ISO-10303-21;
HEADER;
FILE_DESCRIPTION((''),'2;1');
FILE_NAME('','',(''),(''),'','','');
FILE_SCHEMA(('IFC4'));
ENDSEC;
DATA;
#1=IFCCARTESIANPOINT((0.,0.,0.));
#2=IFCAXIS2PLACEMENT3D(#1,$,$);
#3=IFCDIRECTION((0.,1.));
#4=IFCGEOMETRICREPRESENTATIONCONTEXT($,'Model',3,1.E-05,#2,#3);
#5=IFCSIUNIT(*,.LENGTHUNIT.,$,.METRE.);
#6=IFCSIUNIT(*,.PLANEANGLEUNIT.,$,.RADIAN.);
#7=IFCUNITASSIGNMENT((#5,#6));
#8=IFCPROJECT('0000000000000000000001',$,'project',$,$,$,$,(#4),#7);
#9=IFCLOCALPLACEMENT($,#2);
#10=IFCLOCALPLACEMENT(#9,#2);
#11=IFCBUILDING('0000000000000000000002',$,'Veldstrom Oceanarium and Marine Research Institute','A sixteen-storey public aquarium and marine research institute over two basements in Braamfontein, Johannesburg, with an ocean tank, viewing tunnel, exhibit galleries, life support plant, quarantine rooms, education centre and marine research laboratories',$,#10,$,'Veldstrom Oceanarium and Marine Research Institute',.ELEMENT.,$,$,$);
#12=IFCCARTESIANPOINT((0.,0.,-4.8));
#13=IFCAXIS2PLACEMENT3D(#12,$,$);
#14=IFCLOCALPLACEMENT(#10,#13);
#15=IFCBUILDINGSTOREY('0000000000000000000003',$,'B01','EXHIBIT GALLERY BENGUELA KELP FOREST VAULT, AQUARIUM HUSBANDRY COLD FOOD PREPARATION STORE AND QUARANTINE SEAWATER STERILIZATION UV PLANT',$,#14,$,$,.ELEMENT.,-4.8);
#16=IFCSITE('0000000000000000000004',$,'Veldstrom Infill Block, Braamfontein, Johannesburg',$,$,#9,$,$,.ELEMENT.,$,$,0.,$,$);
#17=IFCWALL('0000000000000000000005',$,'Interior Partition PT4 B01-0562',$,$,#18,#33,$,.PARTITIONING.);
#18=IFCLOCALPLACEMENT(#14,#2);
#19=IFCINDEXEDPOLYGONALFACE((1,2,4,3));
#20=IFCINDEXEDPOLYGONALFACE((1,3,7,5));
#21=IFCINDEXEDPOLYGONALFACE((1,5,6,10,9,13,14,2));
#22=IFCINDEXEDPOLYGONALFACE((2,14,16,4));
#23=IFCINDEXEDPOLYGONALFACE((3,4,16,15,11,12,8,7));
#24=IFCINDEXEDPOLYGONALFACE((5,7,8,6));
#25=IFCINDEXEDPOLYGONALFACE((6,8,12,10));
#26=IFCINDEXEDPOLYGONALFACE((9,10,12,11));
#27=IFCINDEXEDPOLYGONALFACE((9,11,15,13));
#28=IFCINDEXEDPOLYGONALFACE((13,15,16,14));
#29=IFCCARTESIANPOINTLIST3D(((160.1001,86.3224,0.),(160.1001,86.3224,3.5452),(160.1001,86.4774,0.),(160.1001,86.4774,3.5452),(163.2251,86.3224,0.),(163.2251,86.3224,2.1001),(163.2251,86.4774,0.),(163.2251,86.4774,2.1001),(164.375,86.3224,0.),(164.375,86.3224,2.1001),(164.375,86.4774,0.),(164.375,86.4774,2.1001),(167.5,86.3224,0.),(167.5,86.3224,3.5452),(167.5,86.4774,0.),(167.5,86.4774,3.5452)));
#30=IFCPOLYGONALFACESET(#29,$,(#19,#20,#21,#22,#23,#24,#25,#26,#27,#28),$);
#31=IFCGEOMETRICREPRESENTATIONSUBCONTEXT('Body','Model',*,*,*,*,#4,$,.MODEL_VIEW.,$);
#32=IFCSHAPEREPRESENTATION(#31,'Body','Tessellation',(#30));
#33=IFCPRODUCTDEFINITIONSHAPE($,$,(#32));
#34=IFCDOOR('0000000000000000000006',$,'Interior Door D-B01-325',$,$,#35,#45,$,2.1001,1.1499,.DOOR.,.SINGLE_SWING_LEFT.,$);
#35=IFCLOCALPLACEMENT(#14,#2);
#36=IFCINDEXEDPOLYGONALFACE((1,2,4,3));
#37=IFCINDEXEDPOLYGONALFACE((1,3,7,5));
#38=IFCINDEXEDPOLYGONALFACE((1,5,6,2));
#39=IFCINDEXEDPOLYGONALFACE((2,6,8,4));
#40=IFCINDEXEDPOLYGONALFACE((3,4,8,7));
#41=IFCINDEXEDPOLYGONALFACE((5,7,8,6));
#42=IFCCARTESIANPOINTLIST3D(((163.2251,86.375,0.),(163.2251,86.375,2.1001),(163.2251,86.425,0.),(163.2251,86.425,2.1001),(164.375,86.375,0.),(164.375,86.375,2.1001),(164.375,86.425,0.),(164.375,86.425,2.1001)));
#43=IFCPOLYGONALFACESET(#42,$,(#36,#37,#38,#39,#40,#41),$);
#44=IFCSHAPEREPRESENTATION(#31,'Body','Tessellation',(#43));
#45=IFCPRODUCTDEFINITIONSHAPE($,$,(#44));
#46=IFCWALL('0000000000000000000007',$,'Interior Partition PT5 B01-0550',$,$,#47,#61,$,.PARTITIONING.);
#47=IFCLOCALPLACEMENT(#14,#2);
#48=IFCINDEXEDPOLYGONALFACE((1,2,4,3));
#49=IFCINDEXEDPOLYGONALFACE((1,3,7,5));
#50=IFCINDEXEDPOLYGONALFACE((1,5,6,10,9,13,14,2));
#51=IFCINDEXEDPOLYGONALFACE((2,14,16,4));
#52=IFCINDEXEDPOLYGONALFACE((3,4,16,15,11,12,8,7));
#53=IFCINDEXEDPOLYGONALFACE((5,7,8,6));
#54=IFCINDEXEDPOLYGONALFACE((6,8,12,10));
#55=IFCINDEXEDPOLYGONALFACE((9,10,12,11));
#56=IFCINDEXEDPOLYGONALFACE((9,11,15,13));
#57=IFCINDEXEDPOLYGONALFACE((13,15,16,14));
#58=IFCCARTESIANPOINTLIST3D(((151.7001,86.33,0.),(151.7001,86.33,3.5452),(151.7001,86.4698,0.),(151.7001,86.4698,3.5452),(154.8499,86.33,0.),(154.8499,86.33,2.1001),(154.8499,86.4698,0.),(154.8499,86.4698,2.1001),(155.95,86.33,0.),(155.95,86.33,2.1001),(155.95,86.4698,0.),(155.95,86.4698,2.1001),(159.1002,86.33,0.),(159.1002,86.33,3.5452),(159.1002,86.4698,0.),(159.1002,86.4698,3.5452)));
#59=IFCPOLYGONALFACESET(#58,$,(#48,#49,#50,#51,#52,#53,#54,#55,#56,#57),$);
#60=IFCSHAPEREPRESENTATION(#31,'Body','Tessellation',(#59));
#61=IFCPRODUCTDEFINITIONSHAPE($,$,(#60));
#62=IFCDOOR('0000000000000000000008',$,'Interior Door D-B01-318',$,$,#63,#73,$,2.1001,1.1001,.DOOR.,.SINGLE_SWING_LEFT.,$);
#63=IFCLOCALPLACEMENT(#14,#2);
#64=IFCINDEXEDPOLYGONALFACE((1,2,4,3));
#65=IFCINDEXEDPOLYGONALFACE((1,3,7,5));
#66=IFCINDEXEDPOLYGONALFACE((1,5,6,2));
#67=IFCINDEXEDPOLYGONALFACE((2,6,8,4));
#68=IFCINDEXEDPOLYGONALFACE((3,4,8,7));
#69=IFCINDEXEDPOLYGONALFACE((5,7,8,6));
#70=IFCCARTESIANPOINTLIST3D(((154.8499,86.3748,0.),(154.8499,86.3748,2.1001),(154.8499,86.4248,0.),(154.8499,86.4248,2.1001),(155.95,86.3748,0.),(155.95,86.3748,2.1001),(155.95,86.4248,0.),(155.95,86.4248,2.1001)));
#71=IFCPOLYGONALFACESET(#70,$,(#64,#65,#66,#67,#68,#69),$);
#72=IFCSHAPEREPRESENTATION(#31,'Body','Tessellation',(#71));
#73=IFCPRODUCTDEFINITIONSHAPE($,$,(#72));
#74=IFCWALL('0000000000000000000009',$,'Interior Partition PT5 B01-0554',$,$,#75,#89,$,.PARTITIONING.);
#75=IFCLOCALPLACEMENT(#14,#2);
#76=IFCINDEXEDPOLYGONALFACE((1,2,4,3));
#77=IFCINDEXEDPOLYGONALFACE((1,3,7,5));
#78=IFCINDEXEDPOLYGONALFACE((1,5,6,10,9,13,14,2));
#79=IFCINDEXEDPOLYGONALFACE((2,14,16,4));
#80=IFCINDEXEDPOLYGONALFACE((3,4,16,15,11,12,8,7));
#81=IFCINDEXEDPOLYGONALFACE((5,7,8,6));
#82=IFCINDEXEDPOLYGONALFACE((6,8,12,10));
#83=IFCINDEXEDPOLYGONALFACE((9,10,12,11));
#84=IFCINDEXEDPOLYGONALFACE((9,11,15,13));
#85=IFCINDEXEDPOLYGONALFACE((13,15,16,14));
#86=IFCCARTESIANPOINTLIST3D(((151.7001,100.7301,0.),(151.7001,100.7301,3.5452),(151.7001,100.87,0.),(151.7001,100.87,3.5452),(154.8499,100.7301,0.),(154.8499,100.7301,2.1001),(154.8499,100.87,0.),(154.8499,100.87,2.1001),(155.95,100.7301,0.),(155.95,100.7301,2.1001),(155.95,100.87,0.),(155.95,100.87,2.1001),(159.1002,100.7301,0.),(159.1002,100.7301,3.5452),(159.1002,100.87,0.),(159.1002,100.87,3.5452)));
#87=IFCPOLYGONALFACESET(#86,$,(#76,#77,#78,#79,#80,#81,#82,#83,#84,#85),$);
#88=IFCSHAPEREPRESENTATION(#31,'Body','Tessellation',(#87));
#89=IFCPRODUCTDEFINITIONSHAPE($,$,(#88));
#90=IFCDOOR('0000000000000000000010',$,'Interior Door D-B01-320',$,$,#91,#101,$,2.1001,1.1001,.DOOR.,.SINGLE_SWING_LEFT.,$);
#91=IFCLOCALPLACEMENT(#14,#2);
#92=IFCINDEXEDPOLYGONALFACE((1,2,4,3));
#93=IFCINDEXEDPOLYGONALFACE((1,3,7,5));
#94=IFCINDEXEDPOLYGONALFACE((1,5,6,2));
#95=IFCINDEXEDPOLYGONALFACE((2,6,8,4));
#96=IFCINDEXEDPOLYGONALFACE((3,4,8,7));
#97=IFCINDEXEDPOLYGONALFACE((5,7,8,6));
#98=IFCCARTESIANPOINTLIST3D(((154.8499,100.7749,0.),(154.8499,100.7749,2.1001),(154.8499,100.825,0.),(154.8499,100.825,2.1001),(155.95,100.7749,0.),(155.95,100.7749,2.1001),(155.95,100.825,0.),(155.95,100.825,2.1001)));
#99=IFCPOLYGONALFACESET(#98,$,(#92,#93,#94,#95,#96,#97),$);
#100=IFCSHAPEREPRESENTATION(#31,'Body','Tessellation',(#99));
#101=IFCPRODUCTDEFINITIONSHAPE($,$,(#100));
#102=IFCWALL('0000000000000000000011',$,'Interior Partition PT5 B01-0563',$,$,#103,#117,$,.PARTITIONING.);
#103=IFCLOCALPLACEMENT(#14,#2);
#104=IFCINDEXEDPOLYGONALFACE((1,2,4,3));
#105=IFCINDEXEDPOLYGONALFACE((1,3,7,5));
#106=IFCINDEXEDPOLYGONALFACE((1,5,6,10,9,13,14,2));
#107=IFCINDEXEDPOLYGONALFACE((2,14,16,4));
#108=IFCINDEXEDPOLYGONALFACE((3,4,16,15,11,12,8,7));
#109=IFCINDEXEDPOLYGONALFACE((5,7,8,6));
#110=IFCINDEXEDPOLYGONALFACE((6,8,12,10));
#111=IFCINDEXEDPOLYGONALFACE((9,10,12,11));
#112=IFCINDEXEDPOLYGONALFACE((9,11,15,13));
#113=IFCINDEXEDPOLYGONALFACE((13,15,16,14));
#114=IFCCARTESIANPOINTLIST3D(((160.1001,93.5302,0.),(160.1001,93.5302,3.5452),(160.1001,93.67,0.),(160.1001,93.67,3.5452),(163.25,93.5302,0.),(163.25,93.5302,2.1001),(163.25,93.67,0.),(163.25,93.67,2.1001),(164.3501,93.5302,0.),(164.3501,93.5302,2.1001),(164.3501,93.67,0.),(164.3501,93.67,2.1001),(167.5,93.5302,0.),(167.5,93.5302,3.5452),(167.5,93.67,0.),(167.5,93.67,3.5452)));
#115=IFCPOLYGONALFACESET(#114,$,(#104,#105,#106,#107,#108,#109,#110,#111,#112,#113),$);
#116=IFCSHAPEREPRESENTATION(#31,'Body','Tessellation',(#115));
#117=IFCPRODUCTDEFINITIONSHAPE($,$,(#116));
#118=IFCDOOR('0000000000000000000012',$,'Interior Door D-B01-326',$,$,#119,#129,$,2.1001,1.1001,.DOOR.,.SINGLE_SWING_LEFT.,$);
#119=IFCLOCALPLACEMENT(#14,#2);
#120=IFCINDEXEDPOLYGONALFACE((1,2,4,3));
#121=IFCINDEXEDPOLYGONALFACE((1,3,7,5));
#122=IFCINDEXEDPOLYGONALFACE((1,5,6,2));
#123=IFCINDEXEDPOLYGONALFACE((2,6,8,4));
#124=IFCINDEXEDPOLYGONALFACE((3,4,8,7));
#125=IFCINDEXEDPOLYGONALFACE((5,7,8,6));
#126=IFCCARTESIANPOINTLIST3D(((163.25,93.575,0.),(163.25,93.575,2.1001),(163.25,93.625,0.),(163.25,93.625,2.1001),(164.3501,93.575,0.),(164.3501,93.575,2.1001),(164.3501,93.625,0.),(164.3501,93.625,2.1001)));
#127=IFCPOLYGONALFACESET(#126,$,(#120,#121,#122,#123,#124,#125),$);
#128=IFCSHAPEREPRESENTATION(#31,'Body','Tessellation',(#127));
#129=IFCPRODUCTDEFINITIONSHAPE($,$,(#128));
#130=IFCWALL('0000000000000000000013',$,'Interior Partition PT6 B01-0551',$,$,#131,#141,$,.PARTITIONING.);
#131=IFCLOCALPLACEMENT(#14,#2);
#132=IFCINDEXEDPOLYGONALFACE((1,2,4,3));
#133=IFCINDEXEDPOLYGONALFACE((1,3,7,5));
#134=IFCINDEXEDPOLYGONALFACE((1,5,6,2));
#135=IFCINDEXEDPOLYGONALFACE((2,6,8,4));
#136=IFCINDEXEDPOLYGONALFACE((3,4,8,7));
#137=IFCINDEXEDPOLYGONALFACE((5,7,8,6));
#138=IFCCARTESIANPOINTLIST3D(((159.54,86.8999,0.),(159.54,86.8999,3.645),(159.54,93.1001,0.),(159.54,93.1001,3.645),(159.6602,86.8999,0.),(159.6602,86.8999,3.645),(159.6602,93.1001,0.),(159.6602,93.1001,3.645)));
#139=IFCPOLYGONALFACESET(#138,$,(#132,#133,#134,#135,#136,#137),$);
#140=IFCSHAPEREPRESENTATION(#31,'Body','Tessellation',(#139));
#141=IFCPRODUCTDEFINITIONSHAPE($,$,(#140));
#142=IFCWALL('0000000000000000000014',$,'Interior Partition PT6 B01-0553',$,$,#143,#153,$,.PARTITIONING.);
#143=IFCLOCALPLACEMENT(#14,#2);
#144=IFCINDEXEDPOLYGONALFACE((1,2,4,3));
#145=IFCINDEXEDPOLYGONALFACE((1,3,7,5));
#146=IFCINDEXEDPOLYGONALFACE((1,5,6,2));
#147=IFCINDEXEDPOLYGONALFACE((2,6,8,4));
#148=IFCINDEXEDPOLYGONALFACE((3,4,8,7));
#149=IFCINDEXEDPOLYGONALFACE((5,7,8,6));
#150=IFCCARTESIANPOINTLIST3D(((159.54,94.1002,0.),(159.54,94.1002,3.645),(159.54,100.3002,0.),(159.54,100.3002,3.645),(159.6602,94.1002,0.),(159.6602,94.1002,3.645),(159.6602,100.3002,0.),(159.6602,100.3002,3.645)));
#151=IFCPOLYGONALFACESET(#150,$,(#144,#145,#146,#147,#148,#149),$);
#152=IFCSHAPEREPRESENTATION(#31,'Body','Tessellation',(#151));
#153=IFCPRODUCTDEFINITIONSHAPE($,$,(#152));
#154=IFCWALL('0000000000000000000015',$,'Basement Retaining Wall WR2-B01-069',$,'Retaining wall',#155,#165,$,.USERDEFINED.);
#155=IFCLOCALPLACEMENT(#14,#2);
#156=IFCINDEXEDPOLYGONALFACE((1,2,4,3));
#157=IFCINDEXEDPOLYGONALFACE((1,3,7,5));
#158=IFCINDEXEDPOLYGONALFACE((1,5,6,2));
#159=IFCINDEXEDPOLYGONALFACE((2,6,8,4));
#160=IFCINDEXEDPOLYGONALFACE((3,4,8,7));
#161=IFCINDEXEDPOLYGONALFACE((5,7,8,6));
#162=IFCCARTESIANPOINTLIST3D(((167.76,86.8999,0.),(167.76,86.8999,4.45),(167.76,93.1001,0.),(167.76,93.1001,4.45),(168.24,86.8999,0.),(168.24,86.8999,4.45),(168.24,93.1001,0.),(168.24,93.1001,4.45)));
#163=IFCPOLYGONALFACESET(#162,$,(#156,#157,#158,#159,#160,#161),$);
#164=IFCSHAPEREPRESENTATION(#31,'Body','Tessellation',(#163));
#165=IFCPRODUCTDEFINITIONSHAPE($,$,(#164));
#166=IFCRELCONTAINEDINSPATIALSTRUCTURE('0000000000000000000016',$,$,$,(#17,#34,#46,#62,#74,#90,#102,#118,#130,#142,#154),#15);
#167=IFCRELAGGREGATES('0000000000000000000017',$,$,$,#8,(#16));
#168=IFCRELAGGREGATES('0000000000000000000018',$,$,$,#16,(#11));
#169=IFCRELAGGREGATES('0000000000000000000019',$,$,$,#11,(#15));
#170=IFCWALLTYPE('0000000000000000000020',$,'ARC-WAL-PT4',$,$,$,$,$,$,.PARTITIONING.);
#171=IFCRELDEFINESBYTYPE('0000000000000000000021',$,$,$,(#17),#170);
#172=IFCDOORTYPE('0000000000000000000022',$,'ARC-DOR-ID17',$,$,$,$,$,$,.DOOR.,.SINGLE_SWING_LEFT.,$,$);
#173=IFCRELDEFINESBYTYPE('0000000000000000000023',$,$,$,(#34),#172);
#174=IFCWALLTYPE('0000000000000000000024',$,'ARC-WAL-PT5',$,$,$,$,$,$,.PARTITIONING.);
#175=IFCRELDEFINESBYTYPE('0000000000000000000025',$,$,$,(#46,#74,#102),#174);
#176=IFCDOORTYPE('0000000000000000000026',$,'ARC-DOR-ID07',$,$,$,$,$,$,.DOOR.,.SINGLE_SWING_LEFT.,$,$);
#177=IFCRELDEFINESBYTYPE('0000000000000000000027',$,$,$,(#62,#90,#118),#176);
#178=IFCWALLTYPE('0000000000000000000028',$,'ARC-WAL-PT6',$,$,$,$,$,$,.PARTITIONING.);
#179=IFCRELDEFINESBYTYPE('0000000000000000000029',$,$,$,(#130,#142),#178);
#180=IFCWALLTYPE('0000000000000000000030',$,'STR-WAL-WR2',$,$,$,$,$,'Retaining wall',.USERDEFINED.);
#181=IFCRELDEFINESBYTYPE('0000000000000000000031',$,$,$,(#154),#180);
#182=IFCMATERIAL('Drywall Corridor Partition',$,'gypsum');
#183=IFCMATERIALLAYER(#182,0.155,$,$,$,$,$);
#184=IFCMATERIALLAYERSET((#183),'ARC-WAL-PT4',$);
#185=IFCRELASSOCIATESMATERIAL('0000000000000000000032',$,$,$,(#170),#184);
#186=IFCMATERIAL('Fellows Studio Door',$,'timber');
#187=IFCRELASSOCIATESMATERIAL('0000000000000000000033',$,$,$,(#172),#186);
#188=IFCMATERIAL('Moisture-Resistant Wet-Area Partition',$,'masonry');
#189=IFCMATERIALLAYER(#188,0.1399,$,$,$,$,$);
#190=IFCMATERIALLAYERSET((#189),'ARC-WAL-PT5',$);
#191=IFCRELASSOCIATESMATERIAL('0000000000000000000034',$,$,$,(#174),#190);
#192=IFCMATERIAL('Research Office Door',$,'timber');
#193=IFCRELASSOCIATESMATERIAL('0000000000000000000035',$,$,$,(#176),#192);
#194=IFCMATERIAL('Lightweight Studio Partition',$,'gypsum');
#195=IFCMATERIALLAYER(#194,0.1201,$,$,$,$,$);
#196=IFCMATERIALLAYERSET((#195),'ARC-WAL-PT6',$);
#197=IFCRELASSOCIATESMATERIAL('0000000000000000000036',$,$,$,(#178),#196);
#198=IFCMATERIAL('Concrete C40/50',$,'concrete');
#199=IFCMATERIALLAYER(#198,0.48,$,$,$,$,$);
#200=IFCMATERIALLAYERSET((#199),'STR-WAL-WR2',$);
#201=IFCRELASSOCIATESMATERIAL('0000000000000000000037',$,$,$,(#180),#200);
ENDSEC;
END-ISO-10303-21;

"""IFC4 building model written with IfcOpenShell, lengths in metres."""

from ifc_helpers import new_model, si_unit, direction, frame, frame_2d, origin, place, context, subcontext, project, spatial, rectangle, extrude, material, layer, layer_set, type_object, element, fill, save


model = new_model("IFC4")

# Units and contexts
model_context = context("Model", 3, precision=1e-05, world=origin(), true_north=direction((0.0, 1.0)))
body_context = subcontext(model_context, "Body", "Model", "MODEL_VIEW")
ifc_project = project(units=[si_unit("LENGTHUNIT", "METRE"), si_unit("PLANEANGLEUNIT", "RADIAN")], contexts=[model_context])

# Site, building, storey
site_placement = place(None, origin())
site = spatial("IfcSite", under=ifc_project, at=site_placement, Name="Veldstrom Infill Block, Braamfontein, Johannesburg", CompositionType="ELEMENT", RefElevation=0.0)
building_placement = place(site_placement, origin())
building = spatial("IfcBuilding", under=site, at=building_placement, Name="Veldstrom Oceanarium and Marine Research Institute", Description="A sixteen-storey public aquarium and marine research institute over two basements in Braamfontein, Johannesburg, with an ocean tank, viewing tunnel, exhibit galleries, life support plant, quarantine rooms, education centre and marine research laboratories", LongName="Veldstrom Oceanarium and Marine Research Institute", CompositionType="ELEMENT")
storey_placement = place(building_placement, frame((0.0, 0.0, -4.8)))
storey = spatial("IfcBuildingStorey", under=building, at=storey_placement, Name="B01", Description="EXHIBIT GALLERY BENGUELA KELP FOREST VAULT, AQUARIUM HUSBANDRY COLD FOOD PREPARATION STORE AND QUARANTINE SEAWATER STERILIZATION UV PLANT", CompositionType="ELEMENT", Elevation=-4.8)

# Walls, openings, doors
ifc_material_1 = material(Name="Drywall Corridor Partition", Category="gypsum")
ifc_layer_1 = layer(ifc_material_1, 0.155)
ifc_layer_set_1 = layer_set([ifc_layer_1], Name="ARC-WAL-PT4")
wall_type_1 = type_object("IfcWallType", Name="ARC-WAL-PT4", PredefinedType="PARTITIONING", material=ifc_layer_set_1)
ifc_material_2 = material(Name="Fellows Studio Door", Category="timber")
door_type_1 = type_object("IfcDoorType", Name="ARC-DOR-ID17", OperationType="SINGLE_SWING_LEFT", PredefinedType="DOOR", material=ifc_material_2)
wall_1_placement = place(storey_placement, frame((160.1001, 86.3999, 0.0), z_axis=(0.0, 0.0, 1.0), x_axis=(1.0, 0.0, 0.0)))
wall_1 = element("IfcWall", 1, at=wall_1_placement, inside=storey, type_object=wall_type_1, Name="Interior Partition PT4 B01-0562", PredefinedType="PARTITIONING", context=body_context, shape_type="SweptSolid", body=[
    extrude(rectangle(XDim=7.3999, YDim=0.155, at=frame_2d((3.7, 0.0))), origin(), (0.0, 0.0, 1.0), 3.5452),
])
opening_1_placement = place(wall_1_placement, frame((3.125, 0.0, 0.0)))
opening_1 = element("IfcOpeningElement", 2, at=opening_1_placement, cuts=wall_1, PredefinedType="OPENING", context=body_context, shape_type="SweptSolid", body=[
    extrude(rectangle(XDim=1.1499, YDim=2.1001, at=frame_2d((0.575, 1.05))), frame((0.0, 0.0874, 0.0), z_axis=(0.0, -1.0, 0.0), x_axis=(1.0, 0.0, 0.0)), (0.0, 0.0, 1.0), 0.175),
])
door_1_placement = place(opening_1_placement, frame((1.1499, 0.0, 0.0), z_axis=(0.0, 0.0, 1.0), x_axis=(-1.0, 0.0, 0.0)))
door_1 = element("IfcDoor", 3, at=door_1_placement, inside=storey, type_object=door_type_1, Name="Interior Door D-B01-325", OperationType="SINGLE_SWING_LEFT", OverallHeight=2.1001, OverallWidth=1.1499, PredefinedType="DOOR", context=body_context, shape_type="SweptSolid", body=[
    extrude(rectangle(XDim=1.1499, YDim=2.1001, at=frame_2d((0.575, 1.05))), frame((0.0, 0.0249, 0.0), z_axis=(0.0, -1.0, 0.0), x_axis=(1.0, 0.0, 0.0)), (0.0, 0.0, 1.0), 0.05),
])
fill(opening_1, door_1)
ifc_material_3 = material(Name="Moisture-Resistant Wet-Area Partition", Category="masonry")
ifc_layer_2 = layer(ifc_material_3, 0.1399)
ifc_layer_set_2 = layer_set([ifc_layer_2], Name="ARC-WAL-PT5")
wall_type_2 = type_object("IfcWallType", Name="ARC-WAL-PT5", PredefinedType="PARTITIONING", material=ifc_layer_set_2)
wall_2_placement = place(storey_placement, frame((151.7, 86.3999, 0.0), z_axis=(0.0, 0.0, 1.0), x_axis=(1.0, 0.0, 0.0)))
wall_2 = element("IfcWall", 4, at=wall_2_placement, inside=storey, type_object=wall_type_2, Name="Interior Partition PT5 B01-0550", PredefinedType="PARTITIONING", context=body_context, shape_type="SweptSolid", body=[
    extrude(rectangle(XDim=7.4001, YDim=0.1399, at=frame_2d((3.7002, 0.0))), origin(), (0.0, 0.0, 1.0), 3.5452),
])
opening_2_placement = place(wall_2_placement, frame((3.1499, 0.0, 0.0)))
opening_2 = element("IfcOpeningElement", 5, at=opening_2_placement, cuts=wall_2, PredefinedType="OPENING", context=body_context, shape_type="SweptSolid", body=[
    extrude(rectangle(XDim=1.1001, YDim=2.1001, at=frame_2d((0.55, 1.05))), frame((0.0, 0.0798, 0.0), z_axis=(0.0, -1.0, 0.0), x_axis=(1.0, 0.0, 0.0)), (0.0, 0.0, 1.0), 0.1599),
])
ifc_material_4 = material(Name="Research Office Door", Category="timber")
door_type_2 = type_object("IfcDoorType", Name="ARC-DOR-ID07", OperationType="SINGLE_SWING_LEFT", PredefinedType="DOOR", material=ifc_material_4)
door_2_placement = place(opening_2_placement, origin())
door_2 = element("IfcDoor", 6, at=door_2_placement, inside=storey, type_object=door_type_2, Name="Interior Door D-B01-318", OperationType="SINGLE_SWING_LEFT", OverallHeight=2.1001, OverallWidth=1.1001, PredefinedType="DOOR", context=body_context, shape_type="SweptSolid", body=[
    extrude(rectangle(XDim=1.1001, YDim=2.1001, at=frame_2d((0.55, 1.05))), frame((0.0, 0.0249, 0.0), z_axis=(0.0, -1.0, 0.0), x_axis=(1.0, 0.0, 0.0)), (0.0, 0.0, 1.0), 0.05),
])
fill(opening_2, door_2)
wall_3_placement = place(storey_placement, frame((151.7, 100.8, 0.0), z_axis=(0.0, 0.0, 1.0), x_axis=(1.0, 0.0, 0.0)))
wall_3 = element("IfcWall", 7, at=wall_3_placement, inside=storey, type_object=wall_type_2, Name="Interior Partition PT5 B01-0554", PredefinedType="PARTITIONING", context=body_context, shape_type="SweptSolid", body=[
    extrude(rectangle(XDim=7.4001, YDim=0.1399, at=frame_2d((3.7002, 0.0))), origin(), (0.0, 0.0, 1.0), 3.5452),
])
opening_3_placement = place(wall_3_placement, frame((3.1499, 0.0, 0.0)))
opening_3 = element("IfcOpeningElement", 8, at=opening_3_placement, cuts=wall_3, PredefinedType="OPENING", context=body_context, shape_type="SweptSolid", body=[
    extrude(rectangle(XDim=1.1001, YDim=2.1001, at=frame_2d((0.55, 1.05))), frame((0.0, 0.0798, 0.0), z_axis=(0.0, -1.0, 0.0), x_axis=(1.0, 0.0, 0.0)), (0.0, 0.0, 1.0), 0.1599),
])
door_3_placement = place(opening_3_placement, origin())
door_3 = element("IfcDoor", 9, at=door_3_placement, inside=storey, type_object=door_type_2, Name="Interior Door D-B01-320", OperationType="SINGLE_SWING_LEFT", OverallHeight=2.1001, OverallWidth=1.1001, PredefinedType="DOOR", context=body_context, shape_type="SweptSolid", body=[
    extrude(rectangle(XDim=1.1001, YDim=2.1001, at=frame_2d((0.55, 1.05))), frame((0.0, 0.0249, 0.0), z_axis=(0.0, -1.0, 0.0), x_axis=(1.0, 0.0, 0.0)), (0.0, 0.0, 1.0), 0.05),
])
fill(opening_3, door_3)
wall_4_placement = place(storey_placement, frame((160.1001, 93.6001, 0.0), z_axis=(0.0, 0.0, 1.0), x_axis=(1.0, 0.0, 0.0)))
wall_4 = element("IfcWall", 10, at=wall_4_placement, inside=storey, type_object=wall_type_2, Name="Interior Partition PT5 B01-0563", PredefinedType="PARTITIONING", context=body_context, shape_type="SweptSolid", body=[
    extrude(rectangle(XDim=7.3999, YDim=0.1399, at=frame_2d((3.7, 0.0))), origin(), (0.0, 0.0, 1.0), 3.5452),
])
opening_4_placement = place(wall_4_placement, frame((3.1499, 0.0, 0.0)))
opening_4 = element("IfcOpeningElement", 11, at=opening_4_placement, cuts=wall_4, PredefinedType="OPENING", context=body_context, shape_type="SweptSolid", body=[
    extrude(rectangle(XDim=1.1001, YDim=2.1001, at=frame_2d((0.55, 1.05))), frame((0.0, 0.0798, 0.0), z_axis=(0.0, -1.0, 0.0), x_axis=(1.0, 0.0, 0.0)), (0.0, 0.0, 1.0), 0.1599),
])
door_4_placement = place(opening_4_placement, origin())
door_4 = element("IfcDoor", 12, at=door_4_placement, inside=storey, type_object=door_type_2, Name="Interior Door D-B01-326", OperationType="SINGLE_SWING_LEFT", OverallHeight=2.1001, OverallWidth=1.1001, PredefinedType="DOOR", context=body_context, shape_type="SweptSolid", body=[
    extrude(rectangle(XDim=1.1001, YDim=2.1001, at=frame_2d((0.55, 1.05))), frame((0.0, 0.0249, 0.0), z_axis=(0.0, -1.0, 0.0), x_axis=(1.0, 0.0, 0.0)), (0.0, 0.0, 1.0), 0.05),
])
fill(opening_4, door_4)

# Walls
ifc_material_5 = material(Name="Lightweight Studio Partition", Category="gypsum")
ifc_layer_3 = layer(ifc_material_5, 0.1201)
ifc_layer_set_3 = layer_set([ifc_layer_3], Name="ARC-WAL-PT6")
wall_type_3 = type_object("IfcWallType", Name="ARC-WAL-PT6", PredefinedType="PARTITIONING", material=ifc_layer_set_3)
wall_5_placement = place(storey_placement, frame((159.6001, 86.8999, 0.0), z_axis=(0.0, 0.0, 1.0), x_axis=(0.0, 1.0, 0.0)))
element("IfcWall", 13, at=wall_5_placement, inside=storey, type_object=wall_type_3, Name="Interior Partition PT6 B01-0551", PredefinedType="PARTITIONING", context=body_context, shape_type="SweptSolid", body=[
    extrude(rectangle(XDim=6.2002, YDim=0.1201, at=frame_2d((3.1001, 0.0))), origin(), (0.0, 0.0, 1.0), 3.645),
])
wall_6_placement = place(storey_placement, frame((159.6001, 94.1001, 0.0), z_axis=(0.0, 0.0, 1.0), x_axis=(0.0, 1.0, 0.0)))
element("IfcWall", 14, at=wall_6_placement, inside=storey, type_object=wall_type_3, Name="Interior Partition PT6 B01-0553", PredefinedType="PARTITIONING", context=body_context, shape_type="SweptSolid", body=[
    extrude(rectangle(XDim=6.2, YDim=0.1201, at=frame_2d((3.1001, 0.0))), origin(), (0.0, 0.0, 1.0), 3.645),
])
ifc_material_6 = material(Name="Concrete C40/50", Category="concrete")
ifc_layer_4 = layer(ifc_material_6, 0.48)
ifc_layer_set_4 = layer_set([ifc_layer_4], Name="STR-WAL-WR2")
wall_type_4 = type_object("IfcWallType", Name="STR-WAL-WR2", ElementType="Retaining wall", PredefinedType="USERDEFINED", material=ifc_layer_set_4)
wall_7_placement = place(storey_placement, frame((168.0, 86.8999, 0.0), z_axis=(0.0, 0.0, 1.0), x_axis=(0.0, 1.0, 0.0)))
element("IfcWall", 15, at=wall_7_placement, inside=storey, type_object=wall_type_4, Name="Basement Retaining Wall WR2-B01-069", ObjectType="Retaining wall", PredefinedType="USERDEFINED", context=body_context, shape_type="SweptSolid", body=[
    extrude(rectangle(XDim=6.2002, YDim=0.48, at=frame_2d((3.1001, 0.0))), origin(), (0.0, 0.0, 1.0), 4.45),
])

save(model, "model.ifc")
